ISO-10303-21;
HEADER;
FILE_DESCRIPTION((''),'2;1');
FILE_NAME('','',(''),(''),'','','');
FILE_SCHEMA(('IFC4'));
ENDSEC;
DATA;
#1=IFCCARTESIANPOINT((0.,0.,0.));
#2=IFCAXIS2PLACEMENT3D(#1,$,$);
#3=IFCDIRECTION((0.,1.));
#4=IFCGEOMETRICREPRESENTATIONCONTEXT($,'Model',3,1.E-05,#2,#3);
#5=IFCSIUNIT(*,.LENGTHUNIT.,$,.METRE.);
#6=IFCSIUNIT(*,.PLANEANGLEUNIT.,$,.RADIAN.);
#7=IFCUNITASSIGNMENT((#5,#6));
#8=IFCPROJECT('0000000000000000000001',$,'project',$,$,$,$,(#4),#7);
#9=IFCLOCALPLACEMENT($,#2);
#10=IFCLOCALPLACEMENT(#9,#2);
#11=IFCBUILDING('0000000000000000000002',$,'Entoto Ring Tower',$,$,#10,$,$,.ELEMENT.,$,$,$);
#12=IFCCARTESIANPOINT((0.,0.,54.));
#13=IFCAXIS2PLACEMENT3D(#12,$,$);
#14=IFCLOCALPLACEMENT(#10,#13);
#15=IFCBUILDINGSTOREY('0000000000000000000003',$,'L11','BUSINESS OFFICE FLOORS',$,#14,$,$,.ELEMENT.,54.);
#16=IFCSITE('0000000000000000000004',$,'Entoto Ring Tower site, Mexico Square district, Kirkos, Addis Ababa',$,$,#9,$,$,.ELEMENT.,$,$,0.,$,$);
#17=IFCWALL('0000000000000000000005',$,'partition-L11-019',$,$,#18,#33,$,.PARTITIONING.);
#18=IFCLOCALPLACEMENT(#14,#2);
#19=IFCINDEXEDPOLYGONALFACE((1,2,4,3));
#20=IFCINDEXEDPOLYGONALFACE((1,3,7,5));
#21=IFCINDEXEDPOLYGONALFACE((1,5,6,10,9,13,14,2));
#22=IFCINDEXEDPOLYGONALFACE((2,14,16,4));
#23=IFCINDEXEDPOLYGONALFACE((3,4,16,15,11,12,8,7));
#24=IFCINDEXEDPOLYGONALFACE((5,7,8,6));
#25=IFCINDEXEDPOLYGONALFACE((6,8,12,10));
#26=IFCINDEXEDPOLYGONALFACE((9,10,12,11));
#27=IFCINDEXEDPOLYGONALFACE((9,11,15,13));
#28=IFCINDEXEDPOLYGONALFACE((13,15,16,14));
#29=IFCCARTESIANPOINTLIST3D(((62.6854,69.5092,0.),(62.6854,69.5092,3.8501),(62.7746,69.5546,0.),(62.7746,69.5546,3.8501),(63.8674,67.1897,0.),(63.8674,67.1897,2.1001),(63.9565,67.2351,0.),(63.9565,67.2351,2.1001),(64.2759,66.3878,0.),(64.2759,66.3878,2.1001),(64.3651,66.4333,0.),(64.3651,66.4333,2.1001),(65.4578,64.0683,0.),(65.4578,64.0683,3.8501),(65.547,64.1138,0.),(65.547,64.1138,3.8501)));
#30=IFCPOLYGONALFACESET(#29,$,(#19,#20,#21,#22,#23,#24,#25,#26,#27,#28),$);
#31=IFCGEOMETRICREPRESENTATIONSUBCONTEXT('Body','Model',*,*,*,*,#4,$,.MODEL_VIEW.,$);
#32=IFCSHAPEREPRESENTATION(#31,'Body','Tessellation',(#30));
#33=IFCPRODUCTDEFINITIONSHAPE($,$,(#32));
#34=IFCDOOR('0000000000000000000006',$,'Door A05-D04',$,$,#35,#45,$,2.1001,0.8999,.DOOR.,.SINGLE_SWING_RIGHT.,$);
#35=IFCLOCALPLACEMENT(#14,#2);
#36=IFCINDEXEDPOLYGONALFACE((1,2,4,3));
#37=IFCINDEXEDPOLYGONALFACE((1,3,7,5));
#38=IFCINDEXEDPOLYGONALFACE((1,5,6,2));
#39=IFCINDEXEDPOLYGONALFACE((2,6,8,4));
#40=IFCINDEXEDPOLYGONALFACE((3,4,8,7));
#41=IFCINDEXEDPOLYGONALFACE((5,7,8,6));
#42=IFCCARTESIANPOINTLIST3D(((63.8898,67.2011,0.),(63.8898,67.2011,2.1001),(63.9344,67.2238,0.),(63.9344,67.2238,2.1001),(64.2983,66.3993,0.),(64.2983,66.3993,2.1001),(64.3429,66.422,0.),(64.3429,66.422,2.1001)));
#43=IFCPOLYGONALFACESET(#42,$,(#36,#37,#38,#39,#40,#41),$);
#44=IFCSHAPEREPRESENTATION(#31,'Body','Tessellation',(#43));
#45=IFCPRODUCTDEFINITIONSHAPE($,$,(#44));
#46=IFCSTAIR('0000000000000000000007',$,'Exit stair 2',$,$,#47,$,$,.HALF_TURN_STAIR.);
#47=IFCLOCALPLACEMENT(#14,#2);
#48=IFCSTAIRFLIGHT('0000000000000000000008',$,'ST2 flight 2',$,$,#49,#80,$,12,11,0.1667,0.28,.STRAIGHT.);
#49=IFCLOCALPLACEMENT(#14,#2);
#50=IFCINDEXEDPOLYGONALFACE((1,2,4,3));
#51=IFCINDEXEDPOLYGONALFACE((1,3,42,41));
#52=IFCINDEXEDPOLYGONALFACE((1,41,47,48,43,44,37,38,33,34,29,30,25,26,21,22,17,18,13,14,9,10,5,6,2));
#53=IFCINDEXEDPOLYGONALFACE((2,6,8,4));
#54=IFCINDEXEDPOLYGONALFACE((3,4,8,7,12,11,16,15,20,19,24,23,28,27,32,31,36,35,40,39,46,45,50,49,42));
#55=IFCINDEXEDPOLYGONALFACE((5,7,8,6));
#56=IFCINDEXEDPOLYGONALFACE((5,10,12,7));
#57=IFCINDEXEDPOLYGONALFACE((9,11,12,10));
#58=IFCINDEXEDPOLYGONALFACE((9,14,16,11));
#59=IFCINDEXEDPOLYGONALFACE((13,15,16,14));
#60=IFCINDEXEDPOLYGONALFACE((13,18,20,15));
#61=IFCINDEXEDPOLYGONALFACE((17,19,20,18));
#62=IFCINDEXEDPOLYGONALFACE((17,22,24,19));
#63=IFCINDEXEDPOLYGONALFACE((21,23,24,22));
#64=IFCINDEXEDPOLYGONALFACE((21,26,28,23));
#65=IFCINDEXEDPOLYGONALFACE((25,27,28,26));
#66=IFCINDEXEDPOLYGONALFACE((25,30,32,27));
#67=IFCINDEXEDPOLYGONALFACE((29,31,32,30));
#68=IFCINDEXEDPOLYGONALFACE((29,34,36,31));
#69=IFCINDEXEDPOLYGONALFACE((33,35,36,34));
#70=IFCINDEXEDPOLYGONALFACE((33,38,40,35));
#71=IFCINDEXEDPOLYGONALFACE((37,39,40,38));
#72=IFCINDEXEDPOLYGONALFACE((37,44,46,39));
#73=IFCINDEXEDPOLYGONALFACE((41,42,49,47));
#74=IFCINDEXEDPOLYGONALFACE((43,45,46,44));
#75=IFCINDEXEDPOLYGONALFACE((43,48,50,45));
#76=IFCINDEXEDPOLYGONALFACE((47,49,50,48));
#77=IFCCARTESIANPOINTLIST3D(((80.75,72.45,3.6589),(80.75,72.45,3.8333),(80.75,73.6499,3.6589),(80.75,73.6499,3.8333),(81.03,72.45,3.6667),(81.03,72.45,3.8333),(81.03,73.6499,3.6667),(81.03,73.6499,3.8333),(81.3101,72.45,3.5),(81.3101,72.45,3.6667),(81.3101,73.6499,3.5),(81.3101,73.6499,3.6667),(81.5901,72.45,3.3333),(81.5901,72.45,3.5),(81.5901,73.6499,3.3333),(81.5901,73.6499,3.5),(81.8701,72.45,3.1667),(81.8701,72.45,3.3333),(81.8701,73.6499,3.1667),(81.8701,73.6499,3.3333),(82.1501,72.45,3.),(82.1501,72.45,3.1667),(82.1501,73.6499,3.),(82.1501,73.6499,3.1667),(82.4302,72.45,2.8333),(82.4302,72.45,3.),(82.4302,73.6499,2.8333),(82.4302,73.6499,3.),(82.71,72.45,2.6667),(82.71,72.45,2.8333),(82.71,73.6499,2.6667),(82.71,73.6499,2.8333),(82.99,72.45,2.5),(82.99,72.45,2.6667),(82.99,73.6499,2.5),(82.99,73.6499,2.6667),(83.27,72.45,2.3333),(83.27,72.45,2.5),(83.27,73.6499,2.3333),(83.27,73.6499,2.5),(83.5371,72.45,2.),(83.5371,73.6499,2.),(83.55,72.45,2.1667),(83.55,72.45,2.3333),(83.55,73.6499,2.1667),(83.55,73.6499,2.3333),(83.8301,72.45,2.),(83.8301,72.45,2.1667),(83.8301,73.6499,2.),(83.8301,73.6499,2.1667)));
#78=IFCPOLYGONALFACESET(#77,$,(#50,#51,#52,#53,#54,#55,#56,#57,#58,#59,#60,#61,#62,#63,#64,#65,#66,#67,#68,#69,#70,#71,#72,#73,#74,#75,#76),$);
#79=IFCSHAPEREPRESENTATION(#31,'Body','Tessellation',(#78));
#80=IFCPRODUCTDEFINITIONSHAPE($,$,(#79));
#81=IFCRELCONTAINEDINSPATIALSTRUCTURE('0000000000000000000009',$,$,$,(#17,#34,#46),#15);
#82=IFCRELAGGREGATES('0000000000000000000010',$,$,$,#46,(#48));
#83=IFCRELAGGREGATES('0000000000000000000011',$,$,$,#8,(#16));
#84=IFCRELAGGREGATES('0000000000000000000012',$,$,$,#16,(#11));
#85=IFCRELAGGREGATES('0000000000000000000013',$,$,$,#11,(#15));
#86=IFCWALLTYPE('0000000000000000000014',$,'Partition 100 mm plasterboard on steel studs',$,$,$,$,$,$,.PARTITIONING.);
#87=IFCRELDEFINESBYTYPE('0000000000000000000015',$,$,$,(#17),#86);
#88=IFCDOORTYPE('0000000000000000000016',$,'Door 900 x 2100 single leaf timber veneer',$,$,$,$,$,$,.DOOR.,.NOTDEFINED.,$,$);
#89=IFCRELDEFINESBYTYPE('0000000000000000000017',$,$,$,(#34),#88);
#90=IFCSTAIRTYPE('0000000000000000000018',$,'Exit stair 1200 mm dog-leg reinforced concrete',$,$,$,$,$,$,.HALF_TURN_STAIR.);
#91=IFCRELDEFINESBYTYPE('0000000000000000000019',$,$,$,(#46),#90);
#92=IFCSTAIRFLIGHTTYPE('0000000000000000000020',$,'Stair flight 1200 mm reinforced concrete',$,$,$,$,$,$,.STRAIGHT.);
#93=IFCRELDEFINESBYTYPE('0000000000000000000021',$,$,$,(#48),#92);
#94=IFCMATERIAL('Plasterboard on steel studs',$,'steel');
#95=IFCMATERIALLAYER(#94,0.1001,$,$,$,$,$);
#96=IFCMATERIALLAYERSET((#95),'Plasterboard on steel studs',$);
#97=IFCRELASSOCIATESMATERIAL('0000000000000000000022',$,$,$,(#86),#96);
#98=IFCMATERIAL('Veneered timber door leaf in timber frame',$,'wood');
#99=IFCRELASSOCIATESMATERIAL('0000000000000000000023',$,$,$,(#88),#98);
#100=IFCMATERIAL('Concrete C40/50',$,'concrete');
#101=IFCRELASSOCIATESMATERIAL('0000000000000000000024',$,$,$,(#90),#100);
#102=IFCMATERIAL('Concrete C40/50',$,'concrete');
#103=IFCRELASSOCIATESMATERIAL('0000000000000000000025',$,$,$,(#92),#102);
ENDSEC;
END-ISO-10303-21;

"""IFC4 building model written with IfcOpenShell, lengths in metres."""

from ifc_helpers import new_model, si_unit, direction, frame, frame_2d, origin, place, context, subcontext, project, spatial, polyline, rectangle, outline, extrude, material, layer, layer_set, type_object, element, fill, aggregate, save


model = new_model("IFC4")

# Units and contexts
model_context = context("Model", 3, precision=1e-05, world=origin(), true_north=direction((0.0, 1.0)))
body_context = subcontext(model_context, "Body", "Model", "MODEL_VIEW")
ifc_project = project(units=[si_unit("LENGTHUNIT", "METRE"), si_unit("PLANEANGLEUNIT", "RADIAN")], contexts=[model_context])

# Site, building, storey
site_placement = place(None, origin())
site = spatial("IfcSite", under=ifc_project, at=site_placement, Name="Entoto Ring Tower site, Mexico Square district, Kirkos, Addis Ababa", CompositionType="ELEMENT", RefElevation=0.0)
building_placement = place(site_placement, origin())
building = spatial("IfcBuilding", under=site, at=building_placement, Name="Entoto Ring Tower", CompositionType="ELEMENT")
storey_placement = place(building_placement, frame((0.0, 0.0, 54.0)))
storey = spatial("IfcBuildingStorey", under=building, at=storey_placement, Name="L11", Description="BUSINESS OFFICE FLOORS", CompositionType="ELEMENT", Elevation=54.0)

# Wall, opening, door
ifc_material_1 = material(Name="Plasterboard on steel studs", Category="steel")
ifc_layer_1 = layer(ifc_material_1, 0.1001)
ifc_layer_set_1 = layer_set([ifc_layer_1], Name="Plasterboard on steel studs")
wall_type_1 = type_object("IfcWallType", Name="Partition 100 mm plasterboard on steel studs", PredefinedType="PARTITIONING", material=ifc_layer_set_1)
wall_1_placement = place(storey_placement, frame((65.5024, 64.0911, 0.0), z_axis=(0.0, 0.0, 1.0), x_axis=(-0.454013, 0.890995, 0.0)))
wall_1 = element("IfcWall", 1, at=wall_1_placement, inside=storey, type_object=wall_type_1, Name="partition-L11-019", PredefinedType="PARTITIONING", context=body_context, shape_type="SweptSolid", body=[
    extrude(rectangle(XDim=6.1064, YDim=0.1001, at=frame_2d((3.0532, 0.0))), origin(), (0.0, 0.0, 1.0), 3.8501),
])
opening_1_placement = place(wall_1_placement, frame((2.6033, 0.0, 0.0)))
opening_1 = element("IfcOpeningElement", 2, at=opening_1_placement, cuts=wall_1, PredefinedType="OPENING", context=body_context, shape_type="SweptSolid", body=[
    extrude(rectangle(XDim=0.8999, YDim=2.1001, at=frame_2d((0.45, 1.05))), frame((0.0, 0.0601, 0.0), z_axis=(0.0, -1.0, 0.0), x_axis=(1.0, 0.0, 0.0)), (0.0, 0.0, 1.0), 0.1201),
])
ifc_material_2 = material(Name="Veneered timber door leaf in timber frame", Category="wood")
door_type_1 = type_object("IfcDoorType", Name="Door 900 x 2100 single leaf timber veneer", OperationType="NOTDEFINED", PredefinedType="DOOR", material=ifc_material_2)
door_1_placement = place(opening_1_placement, origin())
door_1 = element("IfcDoor", 3, at=door_1_placement, inside=storey, type_object=door_type_1, Name="Door A05-D04", OperationType="SINGLE_SWING_RIGHT", OverallHeight=2.1001, OverallWidth=0.8999, PredefinedType="DOOR", context=body_context, shape_type="SweptSolid", body=[
    extrude(rectangle(XDim=0.8999, YDim=2.1001, at=frame_2d((0.45, 1.05))), frame((0.0, 0.0249, 0.0), z_axis=(0.0, -1.0, 0.0), x_axis=(1.0, 0.0, 0.0)), (0.0, 0.0, 1.0), 0.05),
])
fill(opening_1, door_1)

# Stair, stair flight
ifc_material_3 = material(Name="Concrete C40/50", Category="concrete")
stair_type = type_object("IfcStairType", Name="Exit stair 1200 mm dog-leg reinforced concrete", PredefinedType="HALF_TURN_STAIR", material=ifc_material_3)
stair_placement = place(storey_placement, origin())
stair = element("IfcStair", 4, at=stair_placement, inside=storey, type_object=stair_type, Name="Exit stair 2", PredefinedType="HALF_TURN_STAIR")
ifc_material_4 = material(Name="Concrete C40/50", Category="concrete")
stair_flight_type = type_object("IfcStairFlightType", Name="Stair flight 1200 mm reinforced concrete", PredefinedType="STRAIGHT", material=ifc_material_4)
stair_flight_placement = place(storey_placement, frame((83.8301, 73.05, 2.0), z_axis=(0.0, 0.0, 1.0), x_axis=(-1.0, 0.0, 0.0)))
stair_flight = element("IfcStairFlight", 5, at=stair_flight_placement, type_object=stair_flight_type, Name="ST2 flight 2", NumberOfRisers=12, NumberOfTreads=11, PredefinedType="STRAIGHT", RiserHeight=0.1667, TreadLength=0.28, context=body_context, shape_type="SweptSolid", body=[
    extrude(outline(polyline([(0.0, 0.0), (0.0, 0.1667), (0.28, 0.1667), (0.28, 0.3333), (0.5601, 0.3333), (0.5601, 0.5), (0.8401, 0.5), (0.8401, 0.6667), (1.1201, 0.6667), (1.1201, 0.8333), (1.3999, 0.8333), (1.3999, 1.0), (1.6799, 1.0), (1.6799, 1.1667), (1.96, 1.1667), (1.96, 1.3333), (2.24, 1.3333), (2.24, 1.5), (2.52, 1.5), (2.52, 1.6667), (2.8, 1.6667), (2.8, 1.8333), (3.0801, 1.8333), (3.0801, 2.0), (3.0801, 1.6589), (0.293, 0.0), (0.0, 0.0)])), frame((0.0, 0.6001, 0.0), z_axis=(0.0, -1.0, 0.0), x_axis=(1.0, 0.0, 0.0)), (0.0, 0.0, 1.0), 1.2),
])
aggregate(stair, [stair_flight])

save(model, "model.ifc")
